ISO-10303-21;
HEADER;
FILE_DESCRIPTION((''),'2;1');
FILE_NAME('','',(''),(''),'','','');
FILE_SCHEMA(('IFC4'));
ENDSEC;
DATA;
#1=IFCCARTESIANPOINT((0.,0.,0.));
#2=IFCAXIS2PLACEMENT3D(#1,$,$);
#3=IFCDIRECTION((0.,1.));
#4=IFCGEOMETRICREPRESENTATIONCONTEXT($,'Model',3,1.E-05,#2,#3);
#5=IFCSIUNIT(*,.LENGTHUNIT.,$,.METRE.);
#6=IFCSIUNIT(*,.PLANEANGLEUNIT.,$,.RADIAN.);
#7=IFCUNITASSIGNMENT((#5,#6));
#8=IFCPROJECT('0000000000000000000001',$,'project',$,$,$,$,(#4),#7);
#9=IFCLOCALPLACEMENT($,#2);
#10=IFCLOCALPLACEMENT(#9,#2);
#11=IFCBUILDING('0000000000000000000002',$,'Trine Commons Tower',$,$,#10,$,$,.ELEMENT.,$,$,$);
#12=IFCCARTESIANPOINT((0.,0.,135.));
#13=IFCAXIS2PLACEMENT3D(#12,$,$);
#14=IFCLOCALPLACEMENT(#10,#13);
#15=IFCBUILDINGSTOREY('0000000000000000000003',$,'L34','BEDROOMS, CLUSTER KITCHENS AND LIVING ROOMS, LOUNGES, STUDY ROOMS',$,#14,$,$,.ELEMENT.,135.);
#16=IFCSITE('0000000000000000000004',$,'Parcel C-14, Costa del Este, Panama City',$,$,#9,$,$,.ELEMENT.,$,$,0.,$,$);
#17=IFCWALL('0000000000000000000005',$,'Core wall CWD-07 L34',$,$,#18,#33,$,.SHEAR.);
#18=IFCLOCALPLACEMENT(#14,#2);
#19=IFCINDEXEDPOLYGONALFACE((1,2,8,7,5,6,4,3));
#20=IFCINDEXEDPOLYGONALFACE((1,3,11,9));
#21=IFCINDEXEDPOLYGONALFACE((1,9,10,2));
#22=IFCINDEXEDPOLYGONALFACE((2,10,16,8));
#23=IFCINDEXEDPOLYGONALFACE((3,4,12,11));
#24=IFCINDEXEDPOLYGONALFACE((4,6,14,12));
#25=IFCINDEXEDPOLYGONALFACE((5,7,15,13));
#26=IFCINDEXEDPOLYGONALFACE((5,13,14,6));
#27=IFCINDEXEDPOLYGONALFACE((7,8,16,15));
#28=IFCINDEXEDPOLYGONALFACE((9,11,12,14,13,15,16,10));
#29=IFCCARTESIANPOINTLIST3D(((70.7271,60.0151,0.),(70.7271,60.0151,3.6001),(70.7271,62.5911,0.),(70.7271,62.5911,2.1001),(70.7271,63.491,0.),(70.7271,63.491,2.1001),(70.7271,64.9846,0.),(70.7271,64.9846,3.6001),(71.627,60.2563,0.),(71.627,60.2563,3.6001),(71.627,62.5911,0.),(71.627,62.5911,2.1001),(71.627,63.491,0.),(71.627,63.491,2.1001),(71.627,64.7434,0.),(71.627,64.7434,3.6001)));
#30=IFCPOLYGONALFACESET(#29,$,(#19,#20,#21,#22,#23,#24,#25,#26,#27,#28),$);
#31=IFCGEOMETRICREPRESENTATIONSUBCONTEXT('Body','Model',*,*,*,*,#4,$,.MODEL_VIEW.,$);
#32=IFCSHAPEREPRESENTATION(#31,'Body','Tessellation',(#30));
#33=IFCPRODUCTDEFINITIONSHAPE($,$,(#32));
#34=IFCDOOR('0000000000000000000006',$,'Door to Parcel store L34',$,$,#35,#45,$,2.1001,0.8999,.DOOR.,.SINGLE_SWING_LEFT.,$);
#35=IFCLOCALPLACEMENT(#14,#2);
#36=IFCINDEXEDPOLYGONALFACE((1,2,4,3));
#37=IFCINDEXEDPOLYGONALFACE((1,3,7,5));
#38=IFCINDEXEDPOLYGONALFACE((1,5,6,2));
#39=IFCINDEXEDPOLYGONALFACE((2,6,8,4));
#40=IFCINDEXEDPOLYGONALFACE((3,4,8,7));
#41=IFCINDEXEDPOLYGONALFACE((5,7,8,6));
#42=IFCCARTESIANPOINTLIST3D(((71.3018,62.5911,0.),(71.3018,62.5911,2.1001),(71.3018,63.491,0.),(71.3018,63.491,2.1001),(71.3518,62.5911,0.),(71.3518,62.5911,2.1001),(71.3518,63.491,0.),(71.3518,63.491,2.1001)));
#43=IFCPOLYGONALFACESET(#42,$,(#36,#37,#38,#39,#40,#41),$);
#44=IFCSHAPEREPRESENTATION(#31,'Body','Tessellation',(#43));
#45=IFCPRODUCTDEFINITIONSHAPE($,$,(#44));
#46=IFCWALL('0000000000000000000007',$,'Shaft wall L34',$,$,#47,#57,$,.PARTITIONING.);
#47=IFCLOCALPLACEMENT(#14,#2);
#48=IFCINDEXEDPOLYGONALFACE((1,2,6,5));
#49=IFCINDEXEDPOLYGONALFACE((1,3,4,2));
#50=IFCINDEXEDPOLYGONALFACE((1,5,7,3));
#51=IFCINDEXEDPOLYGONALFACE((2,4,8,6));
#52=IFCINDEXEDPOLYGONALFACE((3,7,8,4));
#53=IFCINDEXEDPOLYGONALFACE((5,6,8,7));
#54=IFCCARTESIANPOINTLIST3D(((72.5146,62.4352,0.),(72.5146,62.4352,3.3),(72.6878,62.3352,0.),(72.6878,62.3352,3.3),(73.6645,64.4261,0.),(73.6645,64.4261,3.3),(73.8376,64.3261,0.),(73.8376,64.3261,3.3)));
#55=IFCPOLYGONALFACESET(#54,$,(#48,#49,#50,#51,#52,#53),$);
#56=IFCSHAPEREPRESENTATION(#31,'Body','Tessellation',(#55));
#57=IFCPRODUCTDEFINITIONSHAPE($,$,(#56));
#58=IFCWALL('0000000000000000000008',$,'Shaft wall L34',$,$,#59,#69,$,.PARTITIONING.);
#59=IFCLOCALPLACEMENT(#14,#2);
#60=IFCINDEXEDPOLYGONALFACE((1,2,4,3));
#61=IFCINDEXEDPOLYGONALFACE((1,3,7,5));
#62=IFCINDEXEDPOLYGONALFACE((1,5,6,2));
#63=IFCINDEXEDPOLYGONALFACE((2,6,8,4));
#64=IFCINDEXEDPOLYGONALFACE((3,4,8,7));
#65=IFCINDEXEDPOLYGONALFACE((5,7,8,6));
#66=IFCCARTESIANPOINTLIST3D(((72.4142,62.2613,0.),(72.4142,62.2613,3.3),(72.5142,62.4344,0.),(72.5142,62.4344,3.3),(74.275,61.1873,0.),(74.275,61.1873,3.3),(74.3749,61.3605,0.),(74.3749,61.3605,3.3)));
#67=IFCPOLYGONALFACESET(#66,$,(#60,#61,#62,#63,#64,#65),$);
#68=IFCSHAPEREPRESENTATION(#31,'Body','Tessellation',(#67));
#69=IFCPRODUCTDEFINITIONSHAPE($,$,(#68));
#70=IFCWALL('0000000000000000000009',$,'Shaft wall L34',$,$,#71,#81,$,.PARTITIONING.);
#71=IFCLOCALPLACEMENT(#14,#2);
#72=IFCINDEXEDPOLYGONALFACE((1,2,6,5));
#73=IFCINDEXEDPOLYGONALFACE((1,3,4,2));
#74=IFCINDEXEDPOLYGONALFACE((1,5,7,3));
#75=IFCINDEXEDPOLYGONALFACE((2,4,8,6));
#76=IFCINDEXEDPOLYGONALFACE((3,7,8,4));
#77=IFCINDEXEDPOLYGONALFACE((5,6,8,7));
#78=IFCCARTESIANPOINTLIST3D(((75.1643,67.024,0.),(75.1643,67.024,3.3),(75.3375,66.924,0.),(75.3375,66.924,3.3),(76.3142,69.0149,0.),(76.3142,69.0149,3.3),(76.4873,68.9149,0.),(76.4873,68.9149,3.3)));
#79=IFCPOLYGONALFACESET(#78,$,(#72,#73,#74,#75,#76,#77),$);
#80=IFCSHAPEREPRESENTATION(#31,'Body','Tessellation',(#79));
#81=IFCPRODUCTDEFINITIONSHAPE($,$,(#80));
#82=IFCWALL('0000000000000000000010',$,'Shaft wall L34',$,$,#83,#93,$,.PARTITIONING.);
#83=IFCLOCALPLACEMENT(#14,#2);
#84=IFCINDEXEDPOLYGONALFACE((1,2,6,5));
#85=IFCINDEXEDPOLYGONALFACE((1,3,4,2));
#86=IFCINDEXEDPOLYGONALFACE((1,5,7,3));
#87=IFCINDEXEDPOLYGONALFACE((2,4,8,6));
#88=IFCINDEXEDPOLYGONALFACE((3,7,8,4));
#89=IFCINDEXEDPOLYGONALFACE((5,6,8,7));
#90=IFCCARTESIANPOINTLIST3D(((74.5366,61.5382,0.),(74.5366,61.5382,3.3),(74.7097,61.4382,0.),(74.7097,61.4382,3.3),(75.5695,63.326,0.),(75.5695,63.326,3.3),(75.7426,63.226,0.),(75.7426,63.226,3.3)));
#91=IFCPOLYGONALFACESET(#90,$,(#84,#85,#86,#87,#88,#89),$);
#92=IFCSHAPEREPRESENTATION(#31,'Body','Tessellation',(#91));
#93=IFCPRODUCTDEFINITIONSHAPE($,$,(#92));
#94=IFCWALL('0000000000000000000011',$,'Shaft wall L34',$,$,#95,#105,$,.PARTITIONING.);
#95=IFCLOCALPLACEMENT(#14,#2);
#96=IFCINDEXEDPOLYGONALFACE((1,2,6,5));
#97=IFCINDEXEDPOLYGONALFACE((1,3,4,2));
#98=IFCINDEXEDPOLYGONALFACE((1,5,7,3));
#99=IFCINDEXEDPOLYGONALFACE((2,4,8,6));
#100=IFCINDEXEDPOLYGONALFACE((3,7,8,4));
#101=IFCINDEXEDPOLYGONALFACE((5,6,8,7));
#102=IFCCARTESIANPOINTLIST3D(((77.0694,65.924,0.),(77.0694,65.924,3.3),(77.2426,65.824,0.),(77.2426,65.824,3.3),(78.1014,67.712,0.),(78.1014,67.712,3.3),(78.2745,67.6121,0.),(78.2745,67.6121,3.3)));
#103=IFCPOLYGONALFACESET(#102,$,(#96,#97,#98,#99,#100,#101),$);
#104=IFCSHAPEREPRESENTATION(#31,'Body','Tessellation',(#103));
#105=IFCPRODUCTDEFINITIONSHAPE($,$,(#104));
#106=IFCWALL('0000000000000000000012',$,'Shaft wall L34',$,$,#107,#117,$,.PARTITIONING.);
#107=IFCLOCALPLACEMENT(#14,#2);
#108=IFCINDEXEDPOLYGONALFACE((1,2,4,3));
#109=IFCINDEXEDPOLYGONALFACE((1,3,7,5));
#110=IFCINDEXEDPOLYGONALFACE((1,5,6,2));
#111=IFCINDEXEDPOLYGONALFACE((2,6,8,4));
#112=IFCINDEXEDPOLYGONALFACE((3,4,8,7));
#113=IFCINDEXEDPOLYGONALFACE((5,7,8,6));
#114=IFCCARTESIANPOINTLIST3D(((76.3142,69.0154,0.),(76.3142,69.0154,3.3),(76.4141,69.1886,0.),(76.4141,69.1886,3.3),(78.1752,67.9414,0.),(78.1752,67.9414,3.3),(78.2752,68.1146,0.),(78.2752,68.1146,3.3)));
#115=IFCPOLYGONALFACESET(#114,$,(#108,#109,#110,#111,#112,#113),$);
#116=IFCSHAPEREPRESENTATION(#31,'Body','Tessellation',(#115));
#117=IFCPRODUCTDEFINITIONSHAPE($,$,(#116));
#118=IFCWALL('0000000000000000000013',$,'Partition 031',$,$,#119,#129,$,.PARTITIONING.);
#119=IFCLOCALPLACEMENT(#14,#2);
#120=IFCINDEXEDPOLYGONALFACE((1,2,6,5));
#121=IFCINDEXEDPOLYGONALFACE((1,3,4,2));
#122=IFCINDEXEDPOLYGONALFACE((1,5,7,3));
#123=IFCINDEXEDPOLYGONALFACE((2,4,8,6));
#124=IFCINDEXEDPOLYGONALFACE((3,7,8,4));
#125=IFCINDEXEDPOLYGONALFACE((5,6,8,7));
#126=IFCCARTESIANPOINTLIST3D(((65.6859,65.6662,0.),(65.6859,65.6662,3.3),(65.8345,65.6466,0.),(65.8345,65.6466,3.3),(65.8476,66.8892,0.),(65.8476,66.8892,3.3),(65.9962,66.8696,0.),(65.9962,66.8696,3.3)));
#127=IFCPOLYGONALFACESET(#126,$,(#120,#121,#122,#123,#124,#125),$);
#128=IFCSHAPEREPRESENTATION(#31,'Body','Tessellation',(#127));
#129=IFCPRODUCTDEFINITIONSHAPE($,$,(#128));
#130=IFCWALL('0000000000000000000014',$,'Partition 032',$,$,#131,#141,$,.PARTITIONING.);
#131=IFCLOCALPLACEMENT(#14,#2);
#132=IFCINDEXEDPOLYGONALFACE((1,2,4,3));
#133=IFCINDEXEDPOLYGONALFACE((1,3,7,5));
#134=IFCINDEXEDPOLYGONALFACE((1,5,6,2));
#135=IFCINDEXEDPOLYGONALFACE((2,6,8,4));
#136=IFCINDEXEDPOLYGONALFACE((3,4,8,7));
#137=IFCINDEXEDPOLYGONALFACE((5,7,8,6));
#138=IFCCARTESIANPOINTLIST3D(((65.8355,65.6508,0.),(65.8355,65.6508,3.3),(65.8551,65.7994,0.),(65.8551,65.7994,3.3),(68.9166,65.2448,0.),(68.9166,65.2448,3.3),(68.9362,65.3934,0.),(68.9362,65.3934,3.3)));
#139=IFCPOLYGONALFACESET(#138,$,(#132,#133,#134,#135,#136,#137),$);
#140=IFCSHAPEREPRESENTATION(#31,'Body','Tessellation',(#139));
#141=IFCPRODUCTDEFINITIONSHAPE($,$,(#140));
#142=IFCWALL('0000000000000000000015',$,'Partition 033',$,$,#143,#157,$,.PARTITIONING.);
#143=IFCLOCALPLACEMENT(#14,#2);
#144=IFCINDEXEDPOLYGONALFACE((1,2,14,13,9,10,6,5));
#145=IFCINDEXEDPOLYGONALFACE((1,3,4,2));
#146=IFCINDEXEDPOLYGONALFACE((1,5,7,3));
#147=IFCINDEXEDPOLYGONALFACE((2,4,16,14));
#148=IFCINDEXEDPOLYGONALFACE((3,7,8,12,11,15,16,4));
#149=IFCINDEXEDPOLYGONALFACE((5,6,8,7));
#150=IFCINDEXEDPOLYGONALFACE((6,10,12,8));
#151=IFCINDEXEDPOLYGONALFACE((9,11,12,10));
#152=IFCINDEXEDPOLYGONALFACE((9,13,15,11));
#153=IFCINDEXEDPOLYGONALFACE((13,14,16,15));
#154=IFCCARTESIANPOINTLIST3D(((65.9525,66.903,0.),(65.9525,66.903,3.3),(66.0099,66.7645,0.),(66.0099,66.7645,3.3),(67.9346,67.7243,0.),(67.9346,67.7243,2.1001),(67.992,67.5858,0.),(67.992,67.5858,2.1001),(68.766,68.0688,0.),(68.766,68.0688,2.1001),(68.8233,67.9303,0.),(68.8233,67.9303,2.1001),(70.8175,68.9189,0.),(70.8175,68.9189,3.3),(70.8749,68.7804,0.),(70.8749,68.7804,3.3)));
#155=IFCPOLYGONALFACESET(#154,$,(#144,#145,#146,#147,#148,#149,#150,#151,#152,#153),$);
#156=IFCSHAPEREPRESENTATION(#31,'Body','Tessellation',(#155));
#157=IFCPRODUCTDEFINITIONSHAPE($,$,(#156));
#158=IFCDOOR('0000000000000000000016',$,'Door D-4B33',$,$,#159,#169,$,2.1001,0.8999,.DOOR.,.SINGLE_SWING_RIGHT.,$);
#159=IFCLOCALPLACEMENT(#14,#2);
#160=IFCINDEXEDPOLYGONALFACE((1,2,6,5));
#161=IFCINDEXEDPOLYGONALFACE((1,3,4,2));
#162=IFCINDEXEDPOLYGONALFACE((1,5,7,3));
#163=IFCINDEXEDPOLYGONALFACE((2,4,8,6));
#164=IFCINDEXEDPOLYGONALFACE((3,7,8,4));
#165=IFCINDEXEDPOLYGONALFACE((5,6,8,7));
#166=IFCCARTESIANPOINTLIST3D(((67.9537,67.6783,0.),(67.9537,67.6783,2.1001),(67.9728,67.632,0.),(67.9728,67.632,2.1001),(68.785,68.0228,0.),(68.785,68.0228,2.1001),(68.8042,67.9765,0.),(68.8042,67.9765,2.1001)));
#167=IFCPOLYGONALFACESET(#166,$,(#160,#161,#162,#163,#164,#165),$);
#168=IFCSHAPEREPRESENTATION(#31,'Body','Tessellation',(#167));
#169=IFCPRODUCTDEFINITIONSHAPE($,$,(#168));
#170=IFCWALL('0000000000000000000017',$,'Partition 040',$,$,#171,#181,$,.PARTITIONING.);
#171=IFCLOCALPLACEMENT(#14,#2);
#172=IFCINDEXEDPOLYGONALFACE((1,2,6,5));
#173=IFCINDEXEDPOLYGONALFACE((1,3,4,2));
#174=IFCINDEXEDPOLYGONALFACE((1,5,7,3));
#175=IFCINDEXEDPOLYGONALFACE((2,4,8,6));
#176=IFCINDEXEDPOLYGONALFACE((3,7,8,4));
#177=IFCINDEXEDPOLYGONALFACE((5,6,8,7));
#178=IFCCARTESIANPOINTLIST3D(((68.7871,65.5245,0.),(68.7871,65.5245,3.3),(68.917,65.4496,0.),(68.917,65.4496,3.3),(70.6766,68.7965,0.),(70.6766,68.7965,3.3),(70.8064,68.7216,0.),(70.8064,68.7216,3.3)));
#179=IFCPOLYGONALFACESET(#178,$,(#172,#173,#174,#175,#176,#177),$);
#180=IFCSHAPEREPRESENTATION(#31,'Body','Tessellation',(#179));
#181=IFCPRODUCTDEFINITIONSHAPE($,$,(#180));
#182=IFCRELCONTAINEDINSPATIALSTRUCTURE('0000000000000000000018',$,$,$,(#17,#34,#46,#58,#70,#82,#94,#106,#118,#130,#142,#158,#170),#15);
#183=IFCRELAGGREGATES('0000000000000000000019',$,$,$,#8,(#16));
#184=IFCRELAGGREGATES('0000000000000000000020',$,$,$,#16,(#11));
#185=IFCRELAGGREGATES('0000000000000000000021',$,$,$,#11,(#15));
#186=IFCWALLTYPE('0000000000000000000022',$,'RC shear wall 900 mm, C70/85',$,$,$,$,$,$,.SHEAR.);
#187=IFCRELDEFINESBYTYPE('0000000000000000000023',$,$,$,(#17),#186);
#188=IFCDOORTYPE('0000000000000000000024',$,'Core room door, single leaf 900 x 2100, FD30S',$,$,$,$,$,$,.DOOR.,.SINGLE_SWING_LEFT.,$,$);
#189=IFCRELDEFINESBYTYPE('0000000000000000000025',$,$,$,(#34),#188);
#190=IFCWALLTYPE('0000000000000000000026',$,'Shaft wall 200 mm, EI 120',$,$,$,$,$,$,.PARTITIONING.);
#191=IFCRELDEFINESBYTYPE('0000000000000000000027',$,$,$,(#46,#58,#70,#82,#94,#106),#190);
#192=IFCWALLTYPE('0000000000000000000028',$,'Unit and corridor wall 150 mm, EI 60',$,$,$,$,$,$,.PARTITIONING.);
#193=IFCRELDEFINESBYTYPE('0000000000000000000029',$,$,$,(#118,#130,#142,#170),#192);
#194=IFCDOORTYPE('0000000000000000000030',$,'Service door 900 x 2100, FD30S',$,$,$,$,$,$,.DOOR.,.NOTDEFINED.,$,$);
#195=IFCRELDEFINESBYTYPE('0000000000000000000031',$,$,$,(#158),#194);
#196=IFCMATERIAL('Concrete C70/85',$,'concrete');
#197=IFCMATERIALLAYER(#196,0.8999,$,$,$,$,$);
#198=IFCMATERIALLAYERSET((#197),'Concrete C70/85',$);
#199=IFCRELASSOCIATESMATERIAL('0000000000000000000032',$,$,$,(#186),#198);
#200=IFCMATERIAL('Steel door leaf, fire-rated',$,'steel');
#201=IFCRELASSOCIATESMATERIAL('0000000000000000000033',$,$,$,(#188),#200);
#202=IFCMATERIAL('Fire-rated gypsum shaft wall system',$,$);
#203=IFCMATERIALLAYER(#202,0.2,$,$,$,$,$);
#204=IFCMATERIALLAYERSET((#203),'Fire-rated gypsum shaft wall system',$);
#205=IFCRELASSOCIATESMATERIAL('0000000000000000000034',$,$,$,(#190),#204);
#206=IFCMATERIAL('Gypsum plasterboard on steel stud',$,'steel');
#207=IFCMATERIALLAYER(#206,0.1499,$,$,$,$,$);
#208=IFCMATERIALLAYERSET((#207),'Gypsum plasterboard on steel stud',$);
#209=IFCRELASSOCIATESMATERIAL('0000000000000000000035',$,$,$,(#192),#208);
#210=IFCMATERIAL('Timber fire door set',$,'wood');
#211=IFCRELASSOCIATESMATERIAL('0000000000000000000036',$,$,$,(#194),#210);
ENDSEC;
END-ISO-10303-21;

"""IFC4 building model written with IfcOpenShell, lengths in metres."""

from ifc_helpers import new_model, si_unit, direction, frame, frame_2d, origin, place, context, subcontext, project, spatial, polyline, rectangle, outline, extrude, material, layer, layer_set, type_object, element, fill, save


model = new_model("IFC4")

# Units and contexts
model_context = context("Model", 3, precision=1e-05, world=origin(), true_north=direction((0.0, 1.0)))
body_context = subcontext(model_context, "Body", "Model", "MODEL_VIEW")
ifc_project = project(units=[si_unit("LENGTHUNIT", "METRE"), si_unit("PLANEANGLEUNIT", "RADIAN")], contexts=[model_context])

# Site, building, storey
site_placement = place(None, origin())
site = spatial("IfcSite", under=ifc_project, at=site_placement, Name="Parcel C-14, Costa del Este, Panama City", CompositionType="ELEMENT", RefElevation=0.0)
building_placement = place(site_placement, origin())
building = spatial("IfcBuilding", under=site, at=building_placement, Name="Trine Commons Tower", CompositionType="ELEMENT")
storey_placement = place(building_placement, frame((0.0, 0.0, 135.0)))
storey = spatial("IfcBuildingStorey", under=building, at=storey_placement, Name="L34", Description="BEDROOMS, CLUSTER KITCHENS AND LIVING ROOMS, LOUNGES, STUDY ROOMS", CompositionType="ELEMENT", Elevation=135.0)

# Shared definitions
ifc_material_1 = material(Name="Fire-rated gypsum shaft wall system")
ifc_material_2 = material(Name="Steel door leaf, fire-rated", Category="steel")
ifc_material_3 = material(Name="Concrete C70/85", Category="concrete")

# Wall, opening, door
ifc_layer_1 = layer(ifc_material_3, 0.8999)
ifc_layer_set_1 = layer_set([ifc_layer_1], Name="Concrete C70/85")
wall_type_1 = type_object("IfcWallType", Name="RC shear wall 900 mm, C70/85", PredefinedType="SHEAR", material=ifc_layer_set_1)
wall_1_placement = place(storey_placement, frame((71.177, 64.9846, 0.0), z_axis=(0.0, 0.0, 1.0), x_axis=(0.0, -1.0, 0.0)))
wall_1 = element("IfcWall", 1, at=wall_1_placement, inside=storey, type_object=wall_type_1, Name="Core wall CWD-07 L34", PredefinedType="SHEAR", context=body_context, shape_type="SweptSolid", body=[
    extrude(outline(polyline([(0.0, -0.45), (4.9695, -0.45), (4.7283, 0.45), (0.2412, 0.45), (0.0, -0.45)])), origin(), (0.0, 0.0, 1.0), 3.6001),
])
opening_1_placement = place(wall_1_placement, frame((1.4937, 0.0, 0.0)))
opening_1 = element("IfcOpeningElement", 2, at=opening_1_placement, cuts=wall_1, PredefinedType="OPENING", context=body_context, shape_type="SweptSolid", body=[
    extrude(rectangle(XDim=0.8999, YDim=2.1001, at=frame_2d((0.45, 1.05))), frame((0.0, 0.46, 0.0), z_axis=(0.0, -1.0, 0.0), x_axis=(1.0, 0.0, 0.0)), (0.0, 0.0, 1.0), 0.9199),
])
door_type_1 = type_object("IfcDoorType", Name="Core room door, single leaf 900 x 2100, FD30S", OperationType="SINGLE_SWING_LEFT", PredefinedType="DOOR", material=ifc_material_2)
door_1_placement = place(opening_1_placement, origin())
door_1 = element("IfcDoor", 3, at=door_1_placement, inside=storey, type_object=door_type_1, Name="Door to Parcel store L34", OperationType="SINGLE_SWING_LEFT", OverallHeight=2.1001, OverallWidth=0.8999, PredefinedType="DOOR", context=body_context, shape_type="SweptSolid", body=[
    extrude(rectangle(XDim=0.8999, YDim=2.1001, at=frame_2d((0.45, 1.05))), frame((0.0, 0.1748, 0.0), z_axis=(0.0, -1.0, 0.0), x_axis=(1.0, 0.0, 0.0)), (0.0, 0.0, 1.0), 0.05),
])
fill(opening_1, door_1)

# Walls
ifc_layer_2 = layer(ifc_material_1, 0.2)
ifc_layer_set_2 = layer_set([ifc_layer_2], Name="Fire-rated gypsum shaft wall system")
wall_type_2 = type_object("IfcWallType", Name="Shaft wall 200 mm, EI 120", PredefinedType="PARTITIONING", material=ifc_layer_set_2)
wall_2_placement = place(storey_placement, frame((73.751, 64.376, 0.0), z_axis=(0.0, 0.0, 1.0), x_axis=(-0.500136, -0.865947, 0.0)))
element("IfcWall", 4, at=wall_2_placement, inside=storey, type_object=wall_type_2, Name="Shaft wall L34", PredefinedType="PARTITIONING", context=body_context, shape_type="SweptSolid", body=[
    extrude(rectangle(XDim=2.2991, YDim=0.2, at=frame_2d((1.1494, 0.0))), origin(), (0.0, 0.0, 1.0), 3.3),
])
wall_3_placement = place(storey_placement, frame((74.325, 61.2739, 0.0), z_axis=(0.0, 0.0, 1.0), x_axis=(-0.866102, 0.499867, 0.0)))
element("IfcWall", 5, at=wall_3_placement, inside=storey, type_object=wall_type_2, Name="Shaft wall L34", PredefinedType="PARTITIONING", context=body_context, shape_type="SweptSolid", body=[
    extrude(rectangle(XDim=2.1484, YDim=0.2, at=frame_2d((1.0742, 0.0))), origin(), (0.0, 0.0, 1.0), 3.3),
])
wall_4_placement = place(storey_placement, frame((75.251, 66.9741, 0.0), z_axis=(0.0, 0.0, 1.0), x_axis=(0.500136, 0.865947, 0.0)))
element("IfcWall", 6, at=wall_4_placement, inside=storey, type_object=wall_type_2, Name="Shaft wall L34", PredefinedType="PARTITIONING", context=body_context, shape_type="SweptSolid", body=[
    extrude(rectangle(XDim=2.2991, YDim=0.2, at=frame_2d((1.1494, 0.0))), origin(), (0.0, 0.0, 1.0), 3.3),
])
wall_5_placement = place(storey_placement, frame((75.656, 63.2759, 0.0), z_axis=(0.0, 0.0, 1.0), x_axis=(-0.500272, -0.865868, 0.0)))
element("IfcWall", 7, at=wall_5_placement, inside=storey, type_object=wall_type_2, Name="Shaft wall L34", PredefinedType="PARTITIONING", context=body_context, shape_type="SweptSolid", body=[
    extrude(rectangle(XDim=2.0647, YDim=0.2, at=frame_2d((1.0322, 0.0))), origin(), (0.0, 0.0, 1.0), 3.3),
])
wall_6_placement = place(storey_placement, frame((77.156, 65.874, 0.0), z_axis=(0.0, 0.0, 1.0), x_axis=(0.499866, 0.866103, 0.0)))
element("IfcWall", 8, at=wall_6_placement, inside=storey, type_object=wall_type_2, Name="Shaft wall L34", PredefinedType="PARTITIONING", context=body_context, shape_type="SweptSolid", body=[
    extrude(rectangle(XDim=2.0645, YDim=0.2, at=frame_2d((1.0322, 0.0))), origin(), (0.0, 0.0, 1.0), 3.3),
])
wall_7_placement = place(storey_placement, frame((78.2251, 68.0281, 0.0), z_axis=(0.0, 0.0, 1.0), x_axis=(-0.866131, 0.499818, 0.0)))
element("IfcWall", 9, at=wall_7_placement, inside=storey, type_object=wall_type_2, Name="Shaft wall L34", PredefinedType="PARTITIONING", context=body_context, shape_type="SweptSolid", body=[
    extrude(rectangle(XDim=2.1487, YDim=0.2, at=frame_2d((1.0742, 0.0))), origin(), (0.0, 0.0, 1.0), 3.3),
])
ifc_material_4 = material(Name="Gypsum plasterboard on steel stud", Category="steel")
ifc_layer_3 = layer(ifc_material_4, 0.1499)
ifc_layer_set_3 = layer_set([ifc_layer_3], Name="Gypsum plasterboard on steel stud")
wall_type_3 = type_object("IfcWallType", Name="Unit and corridor wall 150 mm, EI 60", PredefinedType="PARTITIONING", material=ifc_layer_set_3)
wall_8_placement = place(storey_placement, frame((65.7603, 65.6565, 0.0), z_axis=(0.0, 0.0, 1.0), x_axis=(0.131023, 0.991379, 0.0)))
element("IfcWall", 10, at=wall_8_placement, inside=storey, type_object=wall_type_3, Name="Partition 031", PredefinedType="PARTITIONING", context=body_context, shape_type="SweptSolid", body=[
    extrude(rectangle(XDim=1.2336, YDim=0.1499, at=frame_2d((0.6167, 0.0))), origin(), (0.0, 0.0, 1.0), 3.3),
])
wall_9_placement = place(storey_placement, frame((65.8455, 65.7251, 0.0), z_axis=(0.0, 0.0, 1.0), x_axis=(0.991429, -0.130646, 0.0)))
element("IfcWall", 11, at=wall_9_placement, inside=storey, type_object=wall_type_3, Name="Partition 032", PredefinedType="PARTITIONING", context=body_context, shape_type="SweptSolid", body=[
    extrude(rectangle(XDim=3.1077, YDim=0.1499, at=frame_2d((1.5537, 0.0))), origin(), (0.0, 0.0, 1.0), 3.3),
])

# Wall, opening, door
wall_10_placement = place(storey_placement, frame((65.9812, 66.8337, 0.0), z_axis=(0.0, 0.0, 1.0), x_axis=(0.923831, 0.382801, 0.0)))
wall_10 = element("IfcWall", 12, at=wall_10_placement, inside=storey, type_object=wall_type_3, Name="Partition 033", PredefinedType="PARTITIONING", context=body_context, shape_type="SweptSolid", body=[
    extrude(rectangle(XDim=5.2661, YDim=0.1499, at=frame_2d((2.6331, 0.0))), origin(), (0.0, 0.0, 1.0), 3.3),
])
opening_2_placement = place(wall_10_placement, frame((2.1455, 0.0, 0.0)))
opening_2 = element("IfcOpeningElement", 13, at=opening_2_placement, cuts=wall_10, PredefinedType="OPENING", context=body_context, shape_type="SweptSolid", body=[
    extrude(rectangle(XDim=0.8999, YDim=2.1001, at=frame_2d((0.45, 1.05))), frame((0.0, 0.085, 0.0), z_axis=(0.0, -1.0, 0.0), x_axis=(1.0, 0.0, 0.0)), (0.0, 0.0, 1.0), 0.1699),
])
ifc_material_5 = material(Name="Timber fire door set", Category="wood")
door_type_2 = type_object("IfcDoorType", Name="Service door 900 x 2100, FD30S", OperationType="NOTDEFINED", PredefinedType="DOOR", material=ifc_material_5)
door_2_placement = place(opening_2_placement, frame((0.8999, 0.0, 0.0), z_axis=(0.0, 0.0, 1.0), x_axis=(-1.0, 0.0, 0.0)))
door_2 = element("IfcDoor", 14, at=door_2_placement, inside=storey, type_object=door_type_2, Name="Door D-4B33", OperationType="SINGLE_SWING_RIGHT", OverallHeight=2.1001, OverallWidth=0.8999, PredefinedType="DOOR", context=body_context, shape_type="SweptSolid", body=[
    extrude(rectangle(XDim=0.8999, YDim=2.1001, at=frame_2d((0.45, 1.05))), frame((0.0, 0.0249, 0.0), z_axis=(0.0, -1.0, 0.0), x_axis=(1.0, 0.0, 0.0)), (0.0, 0.0, 1.0), 0.05),
])
fill(opening_2, door_2)

# Wall
wall_11_placement = place(storey_placement, frame((68.8521, 65.4871, 0.0), z_axis=(0.0, 0.0, 1.0), x_axis=(0.500066, 0.865988, 0.0)))
element("IfcWall", 15, at=wall_11_placement, inside=storey, type_object=wall_type_3, Name="Partition 040", PredefinedType="PARTITIONING", context=body_context, shape_type="SweptSolid", body=[
    extrude(rectangle(XDim=3.7783, YDim=0.1499, at=frame_2d((1.8892, 0.0))), origin(), (0.0, 0.0, 1.0), 3.3),
])

save(model, "model.ifc")
